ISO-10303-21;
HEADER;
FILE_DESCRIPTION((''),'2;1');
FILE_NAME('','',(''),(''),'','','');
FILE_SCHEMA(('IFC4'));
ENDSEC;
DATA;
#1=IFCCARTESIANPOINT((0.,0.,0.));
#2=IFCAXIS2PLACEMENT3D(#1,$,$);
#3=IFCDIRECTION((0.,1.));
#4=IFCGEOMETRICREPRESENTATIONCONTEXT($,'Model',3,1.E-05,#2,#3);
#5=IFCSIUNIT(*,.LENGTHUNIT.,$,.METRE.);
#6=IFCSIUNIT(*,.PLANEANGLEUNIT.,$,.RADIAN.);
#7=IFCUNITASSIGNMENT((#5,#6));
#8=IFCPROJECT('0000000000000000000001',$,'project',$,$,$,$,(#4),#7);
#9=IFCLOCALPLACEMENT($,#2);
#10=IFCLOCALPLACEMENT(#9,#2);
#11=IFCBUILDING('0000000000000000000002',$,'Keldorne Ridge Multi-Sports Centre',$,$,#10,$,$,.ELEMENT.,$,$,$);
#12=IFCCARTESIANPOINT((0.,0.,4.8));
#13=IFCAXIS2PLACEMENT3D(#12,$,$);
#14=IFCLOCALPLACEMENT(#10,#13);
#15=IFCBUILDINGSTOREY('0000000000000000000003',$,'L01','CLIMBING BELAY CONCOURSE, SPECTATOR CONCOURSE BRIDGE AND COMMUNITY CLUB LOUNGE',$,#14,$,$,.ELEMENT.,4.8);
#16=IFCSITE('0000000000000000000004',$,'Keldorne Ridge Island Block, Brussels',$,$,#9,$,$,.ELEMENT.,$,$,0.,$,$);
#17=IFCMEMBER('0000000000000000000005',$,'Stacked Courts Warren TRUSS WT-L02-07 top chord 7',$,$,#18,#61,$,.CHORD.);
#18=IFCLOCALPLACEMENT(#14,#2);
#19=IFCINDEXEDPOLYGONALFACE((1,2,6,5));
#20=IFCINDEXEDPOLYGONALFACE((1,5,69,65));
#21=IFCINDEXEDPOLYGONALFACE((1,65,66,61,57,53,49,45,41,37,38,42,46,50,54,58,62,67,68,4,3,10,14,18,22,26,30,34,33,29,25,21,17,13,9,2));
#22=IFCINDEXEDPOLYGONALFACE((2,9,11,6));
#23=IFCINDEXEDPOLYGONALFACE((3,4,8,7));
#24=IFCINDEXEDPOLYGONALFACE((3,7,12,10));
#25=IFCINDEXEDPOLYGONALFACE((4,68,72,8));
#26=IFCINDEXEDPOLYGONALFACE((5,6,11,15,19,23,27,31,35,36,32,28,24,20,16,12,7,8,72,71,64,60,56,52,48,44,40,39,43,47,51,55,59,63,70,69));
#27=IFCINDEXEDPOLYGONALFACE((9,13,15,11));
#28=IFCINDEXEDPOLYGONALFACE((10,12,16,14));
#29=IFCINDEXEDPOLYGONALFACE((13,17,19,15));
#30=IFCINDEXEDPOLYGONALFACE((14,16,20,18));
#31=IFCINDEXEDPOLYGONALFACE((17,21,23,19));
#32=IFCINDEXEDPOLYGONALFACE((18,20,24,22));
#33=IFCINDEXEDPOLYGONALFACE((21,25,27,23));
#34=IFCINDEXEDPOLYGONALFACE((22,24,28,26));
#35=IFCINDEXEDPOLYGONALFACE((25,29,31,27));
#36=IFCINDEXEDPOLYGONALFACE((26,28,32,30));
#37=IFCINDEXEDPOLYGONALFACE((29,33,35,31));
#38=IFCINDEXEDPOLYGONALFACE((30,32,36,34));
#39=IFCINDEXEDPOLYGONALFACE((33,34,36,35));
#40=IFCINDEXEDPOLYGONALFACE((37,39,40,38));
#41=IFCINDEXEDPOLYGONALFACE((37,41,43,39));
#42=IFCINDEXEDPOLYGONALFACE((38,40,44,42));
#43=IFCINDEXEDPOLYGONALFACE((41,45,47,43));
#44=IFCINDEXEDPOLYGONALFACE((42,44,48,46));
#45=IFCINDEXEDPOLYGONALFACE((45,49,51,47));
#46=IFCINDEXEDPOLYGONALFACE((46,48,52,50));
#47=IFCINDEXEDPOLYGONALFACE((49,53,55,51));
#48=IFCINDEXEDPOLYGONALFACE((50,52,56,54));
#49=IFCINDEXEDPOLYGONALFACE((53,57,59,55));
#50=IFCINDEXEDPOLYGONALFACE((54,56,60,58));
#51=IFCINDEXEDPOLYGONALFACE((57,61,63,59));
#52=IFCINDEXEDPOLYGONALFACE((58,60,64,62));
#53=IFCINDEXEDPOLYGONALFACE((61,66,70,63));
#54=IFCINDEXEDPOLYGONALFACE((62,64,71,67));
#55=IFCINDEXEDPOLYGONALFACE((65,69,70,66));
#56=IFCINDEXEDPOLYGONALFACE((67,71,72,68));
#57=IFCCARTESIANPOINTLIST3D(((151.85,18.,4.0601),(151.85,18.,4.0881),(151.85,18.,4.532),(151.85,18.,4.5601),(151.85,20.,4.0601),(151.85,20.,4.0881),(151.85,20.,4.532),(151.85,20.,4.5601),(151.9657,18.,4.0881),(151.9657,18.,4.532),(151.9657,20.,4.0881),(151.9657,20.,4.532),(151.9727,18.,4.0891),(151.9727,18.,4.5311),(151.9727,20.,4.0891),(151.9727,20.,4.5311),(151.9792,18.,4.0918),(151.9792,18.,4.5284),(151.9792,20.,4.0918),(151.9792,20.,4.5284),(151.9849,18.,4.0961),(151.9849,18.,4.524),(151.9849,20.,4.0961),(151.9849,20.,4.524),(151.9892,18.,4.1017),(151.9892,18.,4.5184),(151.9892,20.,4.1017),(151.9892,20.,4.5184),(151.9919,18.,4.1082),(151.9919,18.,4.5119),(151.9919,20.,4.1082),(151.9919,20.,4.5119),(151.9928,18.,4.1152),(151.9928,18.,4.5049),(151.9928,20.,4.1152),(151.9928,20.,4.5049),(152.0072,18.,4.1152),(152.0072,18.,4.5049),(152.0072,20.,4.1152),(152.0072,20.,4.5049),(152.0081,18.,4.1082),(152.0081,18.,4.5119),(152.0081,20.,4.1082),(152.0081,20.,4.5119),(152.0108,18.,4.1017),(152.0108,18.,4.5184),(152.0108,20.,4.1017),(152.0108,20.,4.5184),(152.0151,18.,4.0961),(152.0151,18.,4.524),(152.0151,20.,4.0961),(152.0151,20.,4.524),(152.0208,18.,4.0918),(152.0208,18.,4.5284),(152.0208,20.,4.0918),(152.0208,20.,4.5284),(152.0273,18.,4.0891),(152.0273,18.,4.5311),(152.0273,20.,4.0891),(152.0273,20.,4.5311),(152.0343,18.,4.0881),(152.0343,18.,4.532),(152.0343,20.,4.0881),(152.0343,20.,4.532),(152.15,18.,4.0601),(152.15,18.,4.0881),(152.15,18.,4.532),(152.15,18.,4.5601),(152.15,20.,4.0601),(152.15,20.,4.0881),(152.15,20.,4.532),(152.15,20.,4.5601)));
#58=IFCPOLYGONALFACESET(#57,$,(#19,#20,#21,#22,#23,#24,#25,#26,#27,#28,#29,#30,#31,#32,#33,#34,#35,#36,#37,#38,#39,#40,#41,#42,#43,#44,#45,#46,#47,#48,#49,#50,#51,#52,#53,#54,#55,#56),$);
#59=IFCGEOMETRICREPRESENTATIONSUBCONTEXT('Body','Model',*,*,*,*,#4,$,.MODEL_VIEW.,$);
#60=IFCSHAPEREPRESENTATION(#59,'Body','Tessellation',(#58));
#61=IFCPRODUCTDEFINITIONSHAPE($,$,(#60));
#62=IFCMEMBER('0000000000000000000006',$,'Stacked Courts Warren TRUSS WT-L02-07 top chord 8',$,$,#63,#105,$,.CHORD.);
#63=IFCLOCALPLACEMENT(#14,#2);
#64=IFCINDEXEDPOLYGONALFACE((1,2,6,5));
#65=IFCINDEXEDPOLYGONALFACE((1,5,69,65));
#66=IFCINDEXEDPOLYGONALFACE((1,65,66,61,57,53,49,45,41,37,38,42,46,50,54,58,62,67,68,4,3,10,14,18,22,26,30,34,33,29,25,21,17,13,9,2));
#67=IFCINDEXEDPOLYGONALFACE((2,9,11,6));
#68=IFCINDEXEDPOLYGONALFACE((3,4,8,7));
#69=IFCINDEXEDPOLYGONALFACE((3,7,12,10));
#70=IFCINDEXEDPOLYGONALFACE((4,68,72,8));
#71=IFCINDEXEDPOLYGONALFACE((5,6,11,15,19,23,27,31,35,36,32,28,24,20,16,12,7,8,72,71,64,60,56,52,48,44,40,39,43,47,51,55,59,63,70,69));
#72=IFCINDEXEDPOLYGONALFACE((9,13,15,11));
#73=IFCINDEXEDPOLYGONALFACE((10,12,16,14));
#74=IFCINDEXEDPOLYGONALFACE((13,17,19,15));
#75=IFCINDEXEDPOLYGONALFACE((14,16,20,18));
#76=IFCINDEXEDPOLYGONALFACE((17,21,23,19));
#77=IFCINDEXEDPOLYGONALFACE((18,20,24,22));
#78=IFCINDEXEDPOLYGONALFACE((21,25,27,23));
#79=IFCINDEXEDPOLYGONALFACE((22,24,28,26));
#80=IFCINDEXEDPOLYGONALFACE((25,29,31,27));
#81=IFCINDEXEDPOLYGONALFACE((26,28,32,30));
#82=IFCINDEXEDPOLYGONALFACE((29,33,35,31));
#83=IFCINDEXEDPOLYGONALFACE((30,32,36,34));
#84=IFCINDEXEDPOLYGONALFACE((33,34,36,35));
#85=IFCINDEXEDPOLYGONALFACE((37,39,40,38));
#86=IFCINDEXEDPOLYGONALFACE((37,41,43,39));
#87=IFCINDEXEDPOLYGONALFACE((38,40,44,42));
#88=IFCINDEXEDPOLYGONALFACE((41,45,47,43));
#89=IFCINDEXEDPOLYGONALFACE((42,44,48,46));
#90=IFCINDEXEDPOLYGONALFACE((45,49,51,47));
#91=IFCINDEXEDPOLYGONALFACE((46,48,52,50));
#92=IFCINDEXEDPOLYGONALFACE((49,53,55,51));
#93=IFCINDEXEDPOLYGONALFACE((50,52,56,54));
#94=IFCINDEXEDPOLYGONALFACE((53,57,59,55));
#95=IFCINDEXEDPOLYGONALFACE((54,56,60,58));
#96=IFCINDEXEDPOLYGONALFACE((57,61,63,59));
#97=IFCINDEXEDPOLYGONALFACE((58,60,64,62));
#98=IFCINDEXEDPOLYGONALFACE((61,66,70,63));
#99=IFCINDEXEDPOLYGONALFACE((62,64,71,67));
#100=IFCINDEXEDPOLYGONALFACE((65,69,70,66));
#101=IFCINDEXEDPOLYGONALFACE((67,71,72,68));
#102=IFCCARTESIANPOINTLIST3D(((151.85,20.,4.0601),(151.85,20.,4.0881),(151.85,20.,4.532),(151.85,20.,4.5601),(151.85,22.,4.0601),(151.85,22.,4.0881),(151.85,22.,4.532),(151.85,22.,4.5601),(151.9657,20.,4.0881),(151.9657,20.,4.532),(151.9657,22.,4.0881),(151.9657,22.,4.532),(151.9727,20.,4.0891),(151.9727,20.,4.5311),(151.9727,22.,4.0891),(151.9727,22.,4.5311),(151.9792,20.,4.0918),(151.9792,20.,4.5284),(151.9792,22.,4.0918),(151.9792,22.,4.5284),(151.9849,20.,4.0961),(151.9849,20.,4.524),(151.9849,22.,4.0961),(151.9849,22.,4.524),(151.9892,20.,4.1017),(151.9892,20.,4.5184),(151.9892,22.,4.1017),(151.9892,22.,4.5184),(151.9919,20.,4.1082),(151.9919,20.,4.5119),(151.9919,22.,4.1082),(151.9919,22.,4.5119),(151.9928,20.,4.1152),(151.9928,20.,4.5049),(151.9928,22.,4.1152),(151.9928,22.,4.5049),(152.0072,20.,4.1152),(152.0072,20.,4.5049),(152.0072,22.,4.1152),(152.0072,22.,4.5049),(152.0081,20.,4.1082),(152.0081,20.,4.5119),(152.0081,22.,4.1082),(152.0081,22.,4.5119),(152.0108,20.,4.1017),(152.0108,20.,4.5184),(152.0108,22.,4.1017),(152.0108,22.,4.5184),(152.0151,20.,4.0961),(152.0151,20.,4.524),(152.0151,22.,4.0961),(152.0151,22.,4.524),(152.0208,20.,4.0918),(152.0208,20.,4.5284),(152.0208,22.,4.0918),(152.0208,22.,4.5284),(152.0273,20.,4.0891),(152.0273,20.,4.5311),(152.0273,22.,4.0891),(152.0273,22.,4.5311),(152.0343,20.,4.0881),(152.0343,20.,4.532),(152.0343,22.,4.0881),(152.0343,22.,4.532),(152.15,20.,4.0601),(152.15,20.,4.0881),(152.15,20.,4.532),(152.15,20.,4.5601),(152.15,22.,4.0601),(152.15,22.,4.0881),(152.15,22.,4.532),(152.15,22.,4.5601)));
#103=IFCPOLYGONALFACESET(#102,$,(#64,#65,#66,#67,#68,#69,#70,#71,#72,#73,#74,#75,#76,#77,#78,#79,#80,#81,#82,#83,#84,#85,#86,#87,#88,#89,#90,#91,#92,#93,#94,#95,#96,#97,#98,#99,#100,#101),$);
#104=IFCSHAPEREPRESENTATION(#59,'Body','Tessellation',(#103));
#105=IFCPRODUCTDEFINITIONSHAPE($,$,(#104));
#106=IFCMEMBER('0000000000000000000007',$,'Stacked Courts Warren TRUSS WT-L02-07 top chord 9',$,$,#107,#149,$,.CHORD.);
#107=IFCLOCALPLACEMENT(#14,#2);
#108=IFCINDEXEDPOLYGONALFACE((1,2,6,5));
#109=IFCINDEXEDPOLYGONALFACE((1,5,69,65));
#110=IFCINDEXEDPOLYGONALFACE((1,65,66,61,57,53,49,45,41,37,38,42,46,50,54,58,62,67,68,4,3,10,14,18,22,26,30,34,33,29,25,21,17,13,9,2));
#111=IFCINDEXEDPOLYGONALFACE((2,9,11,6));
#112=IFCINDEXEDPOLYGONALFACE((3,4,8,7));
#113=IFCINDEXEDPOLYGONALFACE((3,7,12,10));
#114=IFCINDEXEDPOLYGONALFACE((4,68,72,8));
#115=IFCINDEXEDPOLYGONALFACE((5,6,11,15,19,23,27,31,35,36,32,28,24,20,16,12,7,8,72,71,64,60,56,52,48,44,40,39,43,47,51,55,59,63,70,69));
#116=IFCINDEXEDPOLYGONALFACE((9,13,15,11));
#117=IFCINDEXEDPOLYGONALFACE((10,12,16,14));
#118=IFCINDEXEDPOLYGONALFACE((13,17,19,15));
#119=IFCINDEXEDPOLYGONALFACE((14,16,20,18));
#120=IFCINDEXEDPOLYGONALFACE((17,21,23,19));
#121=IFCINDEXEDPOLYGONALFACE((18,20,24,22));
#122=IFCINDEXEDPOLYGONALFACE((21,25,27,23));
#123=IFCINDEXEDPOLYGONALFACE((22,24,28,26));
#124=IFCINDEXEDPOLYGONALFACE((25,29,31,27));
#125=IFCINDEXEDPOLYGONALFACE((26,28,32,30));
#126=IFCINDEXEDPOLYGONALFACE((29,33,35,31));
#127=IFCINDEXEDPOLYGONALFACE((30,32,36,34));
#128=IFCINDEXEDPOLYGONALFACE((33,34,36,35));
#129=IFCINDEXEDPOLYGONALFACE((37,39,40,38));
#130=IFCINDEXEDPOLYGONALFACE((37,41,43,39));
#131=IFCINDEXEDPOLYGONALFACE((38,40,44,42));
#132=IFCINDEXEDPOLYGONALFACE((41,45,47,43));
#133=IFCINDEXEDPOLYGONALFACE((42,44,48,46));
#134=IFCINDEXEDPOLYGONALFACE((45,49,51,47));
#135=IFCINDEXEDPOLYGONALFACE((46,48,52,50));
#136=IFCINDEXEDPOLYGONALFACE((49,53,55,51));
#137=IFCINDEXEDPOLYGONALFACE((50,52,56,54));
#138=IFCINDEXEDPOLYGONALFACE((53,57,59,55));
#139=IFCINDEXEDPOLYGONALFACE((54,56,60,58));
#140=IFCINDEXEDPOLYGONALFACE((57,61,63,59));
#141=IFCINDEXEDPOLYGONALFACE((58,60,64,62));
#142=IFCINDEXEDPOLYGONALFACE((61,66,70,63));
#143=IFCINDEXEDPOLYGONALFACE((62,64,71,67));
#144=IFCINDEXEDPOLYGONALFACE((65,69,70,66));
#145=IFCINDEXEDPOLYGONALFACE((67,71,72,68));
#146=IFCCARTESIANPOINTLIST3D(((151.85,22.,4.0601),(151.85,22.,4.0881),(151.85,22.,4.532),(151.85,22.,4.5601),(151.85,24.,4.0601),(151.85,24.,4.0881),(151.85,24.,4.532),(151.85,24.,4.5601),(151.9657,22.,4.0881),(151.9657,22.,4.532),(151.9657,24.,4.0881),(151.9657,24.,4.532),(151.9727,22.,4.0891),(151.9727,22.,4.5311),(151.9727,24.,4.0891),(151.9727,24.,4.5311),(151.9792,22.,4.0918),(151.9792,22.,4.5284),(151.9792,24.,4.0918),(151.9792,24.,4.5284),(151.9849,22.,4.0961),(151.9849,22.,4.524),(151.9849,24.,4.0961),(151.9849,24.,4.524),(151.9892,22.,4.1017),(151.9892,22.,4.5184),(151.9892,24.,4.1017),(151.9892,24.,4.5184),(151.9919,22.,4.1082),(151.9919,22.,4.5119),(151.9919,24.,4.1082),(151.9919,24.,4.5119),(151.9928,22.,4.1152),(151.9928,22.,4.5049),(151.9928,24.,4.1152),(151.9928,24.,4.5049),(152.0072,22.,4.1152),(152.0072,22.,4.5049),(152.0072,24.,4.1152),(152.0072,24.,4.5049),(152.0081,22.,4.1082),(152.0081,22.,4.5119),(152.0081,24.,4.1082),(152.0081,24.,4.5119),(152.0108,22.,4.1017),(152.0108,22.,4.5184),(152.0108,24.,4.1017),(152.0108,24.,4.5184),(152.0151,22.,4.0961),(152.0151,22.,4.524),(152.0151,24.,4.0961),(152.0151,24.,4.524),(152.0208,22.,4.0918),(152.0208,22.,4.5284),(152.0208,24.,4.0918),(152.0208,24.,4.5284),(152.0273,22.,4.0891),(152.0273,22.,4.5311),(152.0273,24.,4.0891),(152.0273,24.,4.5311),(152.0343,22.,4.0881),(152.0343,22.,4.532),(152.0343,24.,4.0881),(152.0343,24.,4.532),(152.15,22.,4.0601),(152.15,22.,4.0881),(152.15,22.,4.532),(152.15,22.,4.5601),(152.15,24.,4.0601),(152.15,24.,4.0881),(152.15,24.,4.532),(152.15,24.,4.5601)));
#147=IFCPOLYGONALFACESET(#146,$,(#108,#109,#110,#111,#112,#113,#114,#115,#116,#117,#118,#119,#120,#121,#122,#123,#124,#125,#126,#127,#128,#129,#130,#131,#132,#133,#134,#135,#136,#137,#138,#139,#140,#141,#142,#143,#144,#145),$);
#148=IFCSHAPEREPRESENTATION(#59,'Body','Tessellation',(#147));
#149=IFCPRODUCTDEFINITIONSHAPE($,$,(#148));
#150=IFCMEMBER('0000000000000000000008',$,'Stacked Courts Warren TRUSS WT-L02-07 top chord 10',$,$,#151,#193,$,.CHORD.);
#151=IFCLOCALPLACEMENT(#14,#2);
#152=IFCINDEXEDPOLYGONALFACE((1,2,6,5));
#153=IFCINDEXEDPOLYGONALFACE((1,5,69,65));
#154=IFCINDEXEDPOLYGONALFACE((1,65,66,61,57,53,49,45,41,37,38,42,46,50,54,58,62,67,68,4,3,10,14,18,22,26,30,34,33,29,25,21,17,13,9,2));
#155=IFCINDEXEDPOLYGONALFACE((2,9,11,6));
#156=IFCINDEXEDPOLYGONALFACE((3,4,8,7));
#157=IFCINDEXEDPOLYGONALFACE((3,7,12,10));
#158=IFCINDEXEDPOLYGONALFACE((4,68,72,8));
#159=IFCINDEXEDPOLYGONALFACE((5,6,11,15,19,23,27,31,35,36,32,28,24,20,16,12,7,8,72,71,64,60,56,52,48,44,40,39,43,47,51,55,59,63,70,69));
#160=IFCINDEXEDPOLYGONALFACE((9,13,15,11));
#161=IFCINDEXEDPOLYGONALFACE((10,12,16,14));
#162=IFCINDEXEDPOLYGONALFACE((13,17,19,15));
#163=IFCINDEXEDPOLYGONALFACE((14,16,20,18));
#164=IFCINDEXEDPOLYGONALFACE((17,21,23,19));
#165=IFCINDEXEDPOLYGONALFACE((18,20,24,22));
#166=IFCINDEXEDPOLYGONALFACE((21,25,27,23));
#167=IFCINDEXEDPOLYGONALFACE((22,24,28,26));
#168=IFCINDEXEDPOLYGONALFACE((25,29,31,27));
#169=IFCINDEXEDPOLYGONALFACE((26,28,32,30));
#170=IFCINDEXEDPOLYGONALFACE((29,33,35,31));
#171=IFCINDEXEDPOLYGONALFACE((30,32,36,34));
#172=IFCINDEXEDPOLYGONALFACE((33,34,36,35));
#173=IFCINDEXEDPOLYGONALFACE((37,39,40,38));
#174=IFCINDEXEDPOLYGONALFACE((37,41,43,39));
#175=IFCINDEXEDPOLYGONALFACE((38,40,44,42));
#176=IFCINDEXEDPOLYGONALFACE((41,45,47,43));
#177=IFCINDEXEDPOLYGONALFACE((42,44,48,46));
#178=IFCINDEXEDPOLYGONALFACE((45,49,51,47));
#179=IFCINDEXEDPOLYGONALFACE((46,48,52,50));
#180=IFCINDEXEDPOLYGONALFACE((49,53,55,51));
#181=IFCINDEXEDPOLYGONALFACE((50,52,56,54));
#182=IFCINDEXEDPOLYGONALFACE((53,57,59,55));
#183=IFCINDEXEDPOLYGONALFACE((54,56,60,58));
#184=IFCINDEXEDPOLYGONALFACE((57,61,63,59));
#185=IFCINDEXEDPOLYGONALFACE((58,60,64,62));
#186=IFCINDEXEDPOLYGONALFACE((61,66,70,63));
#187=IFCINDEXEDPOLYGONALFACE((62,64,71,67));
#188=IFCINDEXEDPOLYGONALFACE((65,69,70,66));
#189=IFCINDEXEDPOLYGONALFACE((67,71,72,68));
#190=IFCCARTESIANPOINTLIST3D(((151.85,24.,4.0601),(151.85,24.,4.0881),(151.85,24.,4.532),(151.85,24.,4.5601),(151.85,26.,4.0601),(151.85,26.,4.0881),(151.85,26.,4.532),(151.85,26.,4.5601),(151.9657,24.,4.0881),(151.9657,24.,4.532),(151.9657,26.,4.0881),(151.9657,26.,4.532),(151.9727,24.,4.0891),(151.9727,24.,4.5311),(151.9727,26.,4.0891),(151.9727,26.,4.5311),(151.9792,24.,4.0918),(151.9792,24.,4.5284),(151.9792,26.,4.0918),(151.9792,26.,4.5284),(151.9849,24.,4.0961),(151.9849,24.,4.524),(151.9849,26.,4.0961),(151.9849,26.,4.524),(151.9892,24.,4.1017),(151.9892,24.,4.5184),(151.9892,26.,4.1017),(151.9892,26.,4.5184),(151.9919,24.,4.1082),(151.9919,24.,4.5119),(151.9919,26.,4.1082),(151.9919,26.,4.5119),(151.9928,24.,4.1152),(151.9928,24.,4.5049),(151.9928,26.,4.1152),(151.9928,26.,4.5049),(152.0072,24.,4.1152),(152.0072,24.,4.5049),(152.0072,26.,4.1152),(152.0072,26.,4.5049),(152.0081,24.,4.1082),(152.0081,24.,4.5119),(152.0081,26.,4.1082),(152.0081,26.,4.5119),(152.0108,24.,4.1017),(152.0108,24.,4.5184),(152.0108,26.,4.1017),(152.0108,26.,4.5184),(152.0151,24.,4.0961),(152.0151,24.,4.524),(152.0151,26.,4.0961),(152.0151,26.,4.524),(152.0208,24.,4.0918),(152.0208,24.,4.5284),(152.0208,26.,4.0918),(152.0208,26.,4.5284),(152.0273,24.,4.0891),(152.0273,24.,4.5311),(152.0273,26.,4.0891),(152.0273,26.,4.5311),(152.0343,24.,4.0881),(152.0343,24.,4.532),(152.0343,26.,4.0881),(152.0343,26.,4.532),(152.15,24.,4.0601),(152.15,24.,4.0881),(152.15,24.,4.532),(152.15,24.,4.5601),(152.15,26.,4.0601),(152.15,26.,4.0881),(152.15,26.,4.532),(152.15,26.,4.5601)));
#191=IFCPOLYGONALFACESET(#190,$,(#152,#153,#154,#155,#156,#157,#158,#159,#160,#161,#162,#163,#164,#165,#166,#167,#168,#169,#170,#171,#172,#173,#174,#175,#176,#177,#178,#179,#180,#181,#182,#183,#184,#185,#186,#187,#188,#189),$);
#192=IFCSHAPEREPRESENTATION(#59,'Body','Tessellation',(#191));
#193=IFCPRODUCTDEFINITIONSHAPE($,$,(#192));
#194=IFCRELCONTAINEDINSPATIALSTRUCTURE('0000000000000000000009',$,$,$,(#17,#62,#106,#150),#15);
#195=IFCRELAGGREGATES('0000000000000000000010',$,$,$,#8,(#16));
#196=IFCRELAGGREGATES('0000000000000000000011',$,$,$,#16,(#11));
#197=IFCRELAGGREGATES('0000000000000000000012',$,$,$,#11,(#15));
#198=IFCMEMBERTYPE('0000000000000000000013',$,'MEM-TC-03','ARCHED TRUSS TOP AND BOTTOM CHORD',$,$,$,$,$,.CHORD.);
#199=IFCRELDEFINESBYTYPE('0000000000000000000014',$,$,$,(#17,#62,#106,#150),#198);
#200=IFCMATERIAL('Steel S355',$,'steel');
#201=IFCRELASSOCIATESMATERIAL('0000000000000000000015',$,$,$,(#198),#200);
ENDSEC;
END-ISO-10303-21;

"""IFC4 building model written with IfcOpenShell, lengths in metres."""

from ifc_helpers import new_model, si_unit, direction, frame, origin, origin_2d, place, context, subcontext, project, spatial, i_section, extrude, material, material_profile, profile_set, type_object, element, save


model = new_model("IFC4")

# Units and contexts
model_context = context("Model", 3, precision=1e-05, world=origin(), true_north=direction((0.0, 1.0)))
body_context = subcontext(model_context, "Body", "Model", "MODEL_VIEW")
ifc_project = project(units=[si_unit("LENGTHUNIT", "METRE"), si_unit("PLANEANGLEUNIT", "RADIAN")], contexts=[model_context])

# Site, building, storey
site_placement = place(None, origin())
site = spatial("IfcSite", under=ifc_project, at=site_placement, Name="Keldorne Ridge Island Block, Brussels", CompositionType="ELEMENT", RefElevation=0.0)
building_placement = place(site_placement, origin())
building = spatial("IfcBuilding", under=site, at=building_placement, Name="Keldorne Ridge Multi-Sports Centre", CompositionType="ELEMENT")
storey_placement = place(building_placement, frame((0.0, 0.0, 4.8)))
storey = spatial("IfcBuildingStorey", under=building, at=storey_placement, Name="L01", Description="CLIMBING BELAY CONCOURSE, SPECTATOR CONCOURSE BRIDGE AND COMMUNITY CLUB LOUNGE", CompositionType="ELEMENT", Elevation=4.8)

# Members
ifc_material = material(Name="Steel S355", Category="steel")
ifc_material_profile_1 = material_profile(ifc_material, i_section(OverallWidth=0.3, OverallDepth=0.5, WebThickness=0.0144, FlangeThickness=0.0281, FilletRadius=0.0271, at=origin_2d()), Name="HEB 500")
ifc_profile_set_1 = profile_set([ifc_material_profile_1], Name="Steel S355")
member_type_1 = type_object("IfcMemberType", Name="MEM-TC-03", Description="ARCHED TRUSS TOP AND BOTTOM CHORD", PredefinedType="CHORD", material=ifc_profile_set_1)
for number, where, z_axis, x_axis, name in (
    (1, (152.0, 18.0, 4.3101), (0.0, 1.0, 0.0), (-1.0, 0.0, 0.0), "Stacked Courts Warren TRUSS WT-L02-07 top chord 7"),
    (2, (152.0, 20.0, 4.3101), (0.0, 1.0, 0.0), (-1.0, 0.0, 0.0), "Stacked Courts Warren TRUSS WT-L02-07 top chord 8"),
    (3, (152.0, 22.0, 4.3101), (0.0, 1.0, 0.0), (-1.0, 0.0, 0.0), "Stacked Courts Warren TRUSS WT-L02-07 top chord 9"),
    (4, (152.0, 24.0, 4.3101), (0.0, 1.0, 0.0), (-1.0, 0.0, 0.0), "Stacked Courts Warren TRUSS WT-L02-07 top chord 10"),
):
    element("IfcMember", number, at=place(storey_placement, frame(where, z_axis=z_axis, x_axis=x_axis)), inside=storey, type_object=member_type_1, Name=name, PredefinedType="CHORD", context=body_context, shape_type="SweptSolid", body=[
        extrude(i_section(OverallWidth=0.3, OverallDepth=0.5, WebThickness=0.0144, FlangeThickness=0.0281, FilletRadius=0.0271, at=origin_2d()), origin(), (0.0, 0.0, 1.0), 2.0),
    ])

save(model, "model.ifc")
